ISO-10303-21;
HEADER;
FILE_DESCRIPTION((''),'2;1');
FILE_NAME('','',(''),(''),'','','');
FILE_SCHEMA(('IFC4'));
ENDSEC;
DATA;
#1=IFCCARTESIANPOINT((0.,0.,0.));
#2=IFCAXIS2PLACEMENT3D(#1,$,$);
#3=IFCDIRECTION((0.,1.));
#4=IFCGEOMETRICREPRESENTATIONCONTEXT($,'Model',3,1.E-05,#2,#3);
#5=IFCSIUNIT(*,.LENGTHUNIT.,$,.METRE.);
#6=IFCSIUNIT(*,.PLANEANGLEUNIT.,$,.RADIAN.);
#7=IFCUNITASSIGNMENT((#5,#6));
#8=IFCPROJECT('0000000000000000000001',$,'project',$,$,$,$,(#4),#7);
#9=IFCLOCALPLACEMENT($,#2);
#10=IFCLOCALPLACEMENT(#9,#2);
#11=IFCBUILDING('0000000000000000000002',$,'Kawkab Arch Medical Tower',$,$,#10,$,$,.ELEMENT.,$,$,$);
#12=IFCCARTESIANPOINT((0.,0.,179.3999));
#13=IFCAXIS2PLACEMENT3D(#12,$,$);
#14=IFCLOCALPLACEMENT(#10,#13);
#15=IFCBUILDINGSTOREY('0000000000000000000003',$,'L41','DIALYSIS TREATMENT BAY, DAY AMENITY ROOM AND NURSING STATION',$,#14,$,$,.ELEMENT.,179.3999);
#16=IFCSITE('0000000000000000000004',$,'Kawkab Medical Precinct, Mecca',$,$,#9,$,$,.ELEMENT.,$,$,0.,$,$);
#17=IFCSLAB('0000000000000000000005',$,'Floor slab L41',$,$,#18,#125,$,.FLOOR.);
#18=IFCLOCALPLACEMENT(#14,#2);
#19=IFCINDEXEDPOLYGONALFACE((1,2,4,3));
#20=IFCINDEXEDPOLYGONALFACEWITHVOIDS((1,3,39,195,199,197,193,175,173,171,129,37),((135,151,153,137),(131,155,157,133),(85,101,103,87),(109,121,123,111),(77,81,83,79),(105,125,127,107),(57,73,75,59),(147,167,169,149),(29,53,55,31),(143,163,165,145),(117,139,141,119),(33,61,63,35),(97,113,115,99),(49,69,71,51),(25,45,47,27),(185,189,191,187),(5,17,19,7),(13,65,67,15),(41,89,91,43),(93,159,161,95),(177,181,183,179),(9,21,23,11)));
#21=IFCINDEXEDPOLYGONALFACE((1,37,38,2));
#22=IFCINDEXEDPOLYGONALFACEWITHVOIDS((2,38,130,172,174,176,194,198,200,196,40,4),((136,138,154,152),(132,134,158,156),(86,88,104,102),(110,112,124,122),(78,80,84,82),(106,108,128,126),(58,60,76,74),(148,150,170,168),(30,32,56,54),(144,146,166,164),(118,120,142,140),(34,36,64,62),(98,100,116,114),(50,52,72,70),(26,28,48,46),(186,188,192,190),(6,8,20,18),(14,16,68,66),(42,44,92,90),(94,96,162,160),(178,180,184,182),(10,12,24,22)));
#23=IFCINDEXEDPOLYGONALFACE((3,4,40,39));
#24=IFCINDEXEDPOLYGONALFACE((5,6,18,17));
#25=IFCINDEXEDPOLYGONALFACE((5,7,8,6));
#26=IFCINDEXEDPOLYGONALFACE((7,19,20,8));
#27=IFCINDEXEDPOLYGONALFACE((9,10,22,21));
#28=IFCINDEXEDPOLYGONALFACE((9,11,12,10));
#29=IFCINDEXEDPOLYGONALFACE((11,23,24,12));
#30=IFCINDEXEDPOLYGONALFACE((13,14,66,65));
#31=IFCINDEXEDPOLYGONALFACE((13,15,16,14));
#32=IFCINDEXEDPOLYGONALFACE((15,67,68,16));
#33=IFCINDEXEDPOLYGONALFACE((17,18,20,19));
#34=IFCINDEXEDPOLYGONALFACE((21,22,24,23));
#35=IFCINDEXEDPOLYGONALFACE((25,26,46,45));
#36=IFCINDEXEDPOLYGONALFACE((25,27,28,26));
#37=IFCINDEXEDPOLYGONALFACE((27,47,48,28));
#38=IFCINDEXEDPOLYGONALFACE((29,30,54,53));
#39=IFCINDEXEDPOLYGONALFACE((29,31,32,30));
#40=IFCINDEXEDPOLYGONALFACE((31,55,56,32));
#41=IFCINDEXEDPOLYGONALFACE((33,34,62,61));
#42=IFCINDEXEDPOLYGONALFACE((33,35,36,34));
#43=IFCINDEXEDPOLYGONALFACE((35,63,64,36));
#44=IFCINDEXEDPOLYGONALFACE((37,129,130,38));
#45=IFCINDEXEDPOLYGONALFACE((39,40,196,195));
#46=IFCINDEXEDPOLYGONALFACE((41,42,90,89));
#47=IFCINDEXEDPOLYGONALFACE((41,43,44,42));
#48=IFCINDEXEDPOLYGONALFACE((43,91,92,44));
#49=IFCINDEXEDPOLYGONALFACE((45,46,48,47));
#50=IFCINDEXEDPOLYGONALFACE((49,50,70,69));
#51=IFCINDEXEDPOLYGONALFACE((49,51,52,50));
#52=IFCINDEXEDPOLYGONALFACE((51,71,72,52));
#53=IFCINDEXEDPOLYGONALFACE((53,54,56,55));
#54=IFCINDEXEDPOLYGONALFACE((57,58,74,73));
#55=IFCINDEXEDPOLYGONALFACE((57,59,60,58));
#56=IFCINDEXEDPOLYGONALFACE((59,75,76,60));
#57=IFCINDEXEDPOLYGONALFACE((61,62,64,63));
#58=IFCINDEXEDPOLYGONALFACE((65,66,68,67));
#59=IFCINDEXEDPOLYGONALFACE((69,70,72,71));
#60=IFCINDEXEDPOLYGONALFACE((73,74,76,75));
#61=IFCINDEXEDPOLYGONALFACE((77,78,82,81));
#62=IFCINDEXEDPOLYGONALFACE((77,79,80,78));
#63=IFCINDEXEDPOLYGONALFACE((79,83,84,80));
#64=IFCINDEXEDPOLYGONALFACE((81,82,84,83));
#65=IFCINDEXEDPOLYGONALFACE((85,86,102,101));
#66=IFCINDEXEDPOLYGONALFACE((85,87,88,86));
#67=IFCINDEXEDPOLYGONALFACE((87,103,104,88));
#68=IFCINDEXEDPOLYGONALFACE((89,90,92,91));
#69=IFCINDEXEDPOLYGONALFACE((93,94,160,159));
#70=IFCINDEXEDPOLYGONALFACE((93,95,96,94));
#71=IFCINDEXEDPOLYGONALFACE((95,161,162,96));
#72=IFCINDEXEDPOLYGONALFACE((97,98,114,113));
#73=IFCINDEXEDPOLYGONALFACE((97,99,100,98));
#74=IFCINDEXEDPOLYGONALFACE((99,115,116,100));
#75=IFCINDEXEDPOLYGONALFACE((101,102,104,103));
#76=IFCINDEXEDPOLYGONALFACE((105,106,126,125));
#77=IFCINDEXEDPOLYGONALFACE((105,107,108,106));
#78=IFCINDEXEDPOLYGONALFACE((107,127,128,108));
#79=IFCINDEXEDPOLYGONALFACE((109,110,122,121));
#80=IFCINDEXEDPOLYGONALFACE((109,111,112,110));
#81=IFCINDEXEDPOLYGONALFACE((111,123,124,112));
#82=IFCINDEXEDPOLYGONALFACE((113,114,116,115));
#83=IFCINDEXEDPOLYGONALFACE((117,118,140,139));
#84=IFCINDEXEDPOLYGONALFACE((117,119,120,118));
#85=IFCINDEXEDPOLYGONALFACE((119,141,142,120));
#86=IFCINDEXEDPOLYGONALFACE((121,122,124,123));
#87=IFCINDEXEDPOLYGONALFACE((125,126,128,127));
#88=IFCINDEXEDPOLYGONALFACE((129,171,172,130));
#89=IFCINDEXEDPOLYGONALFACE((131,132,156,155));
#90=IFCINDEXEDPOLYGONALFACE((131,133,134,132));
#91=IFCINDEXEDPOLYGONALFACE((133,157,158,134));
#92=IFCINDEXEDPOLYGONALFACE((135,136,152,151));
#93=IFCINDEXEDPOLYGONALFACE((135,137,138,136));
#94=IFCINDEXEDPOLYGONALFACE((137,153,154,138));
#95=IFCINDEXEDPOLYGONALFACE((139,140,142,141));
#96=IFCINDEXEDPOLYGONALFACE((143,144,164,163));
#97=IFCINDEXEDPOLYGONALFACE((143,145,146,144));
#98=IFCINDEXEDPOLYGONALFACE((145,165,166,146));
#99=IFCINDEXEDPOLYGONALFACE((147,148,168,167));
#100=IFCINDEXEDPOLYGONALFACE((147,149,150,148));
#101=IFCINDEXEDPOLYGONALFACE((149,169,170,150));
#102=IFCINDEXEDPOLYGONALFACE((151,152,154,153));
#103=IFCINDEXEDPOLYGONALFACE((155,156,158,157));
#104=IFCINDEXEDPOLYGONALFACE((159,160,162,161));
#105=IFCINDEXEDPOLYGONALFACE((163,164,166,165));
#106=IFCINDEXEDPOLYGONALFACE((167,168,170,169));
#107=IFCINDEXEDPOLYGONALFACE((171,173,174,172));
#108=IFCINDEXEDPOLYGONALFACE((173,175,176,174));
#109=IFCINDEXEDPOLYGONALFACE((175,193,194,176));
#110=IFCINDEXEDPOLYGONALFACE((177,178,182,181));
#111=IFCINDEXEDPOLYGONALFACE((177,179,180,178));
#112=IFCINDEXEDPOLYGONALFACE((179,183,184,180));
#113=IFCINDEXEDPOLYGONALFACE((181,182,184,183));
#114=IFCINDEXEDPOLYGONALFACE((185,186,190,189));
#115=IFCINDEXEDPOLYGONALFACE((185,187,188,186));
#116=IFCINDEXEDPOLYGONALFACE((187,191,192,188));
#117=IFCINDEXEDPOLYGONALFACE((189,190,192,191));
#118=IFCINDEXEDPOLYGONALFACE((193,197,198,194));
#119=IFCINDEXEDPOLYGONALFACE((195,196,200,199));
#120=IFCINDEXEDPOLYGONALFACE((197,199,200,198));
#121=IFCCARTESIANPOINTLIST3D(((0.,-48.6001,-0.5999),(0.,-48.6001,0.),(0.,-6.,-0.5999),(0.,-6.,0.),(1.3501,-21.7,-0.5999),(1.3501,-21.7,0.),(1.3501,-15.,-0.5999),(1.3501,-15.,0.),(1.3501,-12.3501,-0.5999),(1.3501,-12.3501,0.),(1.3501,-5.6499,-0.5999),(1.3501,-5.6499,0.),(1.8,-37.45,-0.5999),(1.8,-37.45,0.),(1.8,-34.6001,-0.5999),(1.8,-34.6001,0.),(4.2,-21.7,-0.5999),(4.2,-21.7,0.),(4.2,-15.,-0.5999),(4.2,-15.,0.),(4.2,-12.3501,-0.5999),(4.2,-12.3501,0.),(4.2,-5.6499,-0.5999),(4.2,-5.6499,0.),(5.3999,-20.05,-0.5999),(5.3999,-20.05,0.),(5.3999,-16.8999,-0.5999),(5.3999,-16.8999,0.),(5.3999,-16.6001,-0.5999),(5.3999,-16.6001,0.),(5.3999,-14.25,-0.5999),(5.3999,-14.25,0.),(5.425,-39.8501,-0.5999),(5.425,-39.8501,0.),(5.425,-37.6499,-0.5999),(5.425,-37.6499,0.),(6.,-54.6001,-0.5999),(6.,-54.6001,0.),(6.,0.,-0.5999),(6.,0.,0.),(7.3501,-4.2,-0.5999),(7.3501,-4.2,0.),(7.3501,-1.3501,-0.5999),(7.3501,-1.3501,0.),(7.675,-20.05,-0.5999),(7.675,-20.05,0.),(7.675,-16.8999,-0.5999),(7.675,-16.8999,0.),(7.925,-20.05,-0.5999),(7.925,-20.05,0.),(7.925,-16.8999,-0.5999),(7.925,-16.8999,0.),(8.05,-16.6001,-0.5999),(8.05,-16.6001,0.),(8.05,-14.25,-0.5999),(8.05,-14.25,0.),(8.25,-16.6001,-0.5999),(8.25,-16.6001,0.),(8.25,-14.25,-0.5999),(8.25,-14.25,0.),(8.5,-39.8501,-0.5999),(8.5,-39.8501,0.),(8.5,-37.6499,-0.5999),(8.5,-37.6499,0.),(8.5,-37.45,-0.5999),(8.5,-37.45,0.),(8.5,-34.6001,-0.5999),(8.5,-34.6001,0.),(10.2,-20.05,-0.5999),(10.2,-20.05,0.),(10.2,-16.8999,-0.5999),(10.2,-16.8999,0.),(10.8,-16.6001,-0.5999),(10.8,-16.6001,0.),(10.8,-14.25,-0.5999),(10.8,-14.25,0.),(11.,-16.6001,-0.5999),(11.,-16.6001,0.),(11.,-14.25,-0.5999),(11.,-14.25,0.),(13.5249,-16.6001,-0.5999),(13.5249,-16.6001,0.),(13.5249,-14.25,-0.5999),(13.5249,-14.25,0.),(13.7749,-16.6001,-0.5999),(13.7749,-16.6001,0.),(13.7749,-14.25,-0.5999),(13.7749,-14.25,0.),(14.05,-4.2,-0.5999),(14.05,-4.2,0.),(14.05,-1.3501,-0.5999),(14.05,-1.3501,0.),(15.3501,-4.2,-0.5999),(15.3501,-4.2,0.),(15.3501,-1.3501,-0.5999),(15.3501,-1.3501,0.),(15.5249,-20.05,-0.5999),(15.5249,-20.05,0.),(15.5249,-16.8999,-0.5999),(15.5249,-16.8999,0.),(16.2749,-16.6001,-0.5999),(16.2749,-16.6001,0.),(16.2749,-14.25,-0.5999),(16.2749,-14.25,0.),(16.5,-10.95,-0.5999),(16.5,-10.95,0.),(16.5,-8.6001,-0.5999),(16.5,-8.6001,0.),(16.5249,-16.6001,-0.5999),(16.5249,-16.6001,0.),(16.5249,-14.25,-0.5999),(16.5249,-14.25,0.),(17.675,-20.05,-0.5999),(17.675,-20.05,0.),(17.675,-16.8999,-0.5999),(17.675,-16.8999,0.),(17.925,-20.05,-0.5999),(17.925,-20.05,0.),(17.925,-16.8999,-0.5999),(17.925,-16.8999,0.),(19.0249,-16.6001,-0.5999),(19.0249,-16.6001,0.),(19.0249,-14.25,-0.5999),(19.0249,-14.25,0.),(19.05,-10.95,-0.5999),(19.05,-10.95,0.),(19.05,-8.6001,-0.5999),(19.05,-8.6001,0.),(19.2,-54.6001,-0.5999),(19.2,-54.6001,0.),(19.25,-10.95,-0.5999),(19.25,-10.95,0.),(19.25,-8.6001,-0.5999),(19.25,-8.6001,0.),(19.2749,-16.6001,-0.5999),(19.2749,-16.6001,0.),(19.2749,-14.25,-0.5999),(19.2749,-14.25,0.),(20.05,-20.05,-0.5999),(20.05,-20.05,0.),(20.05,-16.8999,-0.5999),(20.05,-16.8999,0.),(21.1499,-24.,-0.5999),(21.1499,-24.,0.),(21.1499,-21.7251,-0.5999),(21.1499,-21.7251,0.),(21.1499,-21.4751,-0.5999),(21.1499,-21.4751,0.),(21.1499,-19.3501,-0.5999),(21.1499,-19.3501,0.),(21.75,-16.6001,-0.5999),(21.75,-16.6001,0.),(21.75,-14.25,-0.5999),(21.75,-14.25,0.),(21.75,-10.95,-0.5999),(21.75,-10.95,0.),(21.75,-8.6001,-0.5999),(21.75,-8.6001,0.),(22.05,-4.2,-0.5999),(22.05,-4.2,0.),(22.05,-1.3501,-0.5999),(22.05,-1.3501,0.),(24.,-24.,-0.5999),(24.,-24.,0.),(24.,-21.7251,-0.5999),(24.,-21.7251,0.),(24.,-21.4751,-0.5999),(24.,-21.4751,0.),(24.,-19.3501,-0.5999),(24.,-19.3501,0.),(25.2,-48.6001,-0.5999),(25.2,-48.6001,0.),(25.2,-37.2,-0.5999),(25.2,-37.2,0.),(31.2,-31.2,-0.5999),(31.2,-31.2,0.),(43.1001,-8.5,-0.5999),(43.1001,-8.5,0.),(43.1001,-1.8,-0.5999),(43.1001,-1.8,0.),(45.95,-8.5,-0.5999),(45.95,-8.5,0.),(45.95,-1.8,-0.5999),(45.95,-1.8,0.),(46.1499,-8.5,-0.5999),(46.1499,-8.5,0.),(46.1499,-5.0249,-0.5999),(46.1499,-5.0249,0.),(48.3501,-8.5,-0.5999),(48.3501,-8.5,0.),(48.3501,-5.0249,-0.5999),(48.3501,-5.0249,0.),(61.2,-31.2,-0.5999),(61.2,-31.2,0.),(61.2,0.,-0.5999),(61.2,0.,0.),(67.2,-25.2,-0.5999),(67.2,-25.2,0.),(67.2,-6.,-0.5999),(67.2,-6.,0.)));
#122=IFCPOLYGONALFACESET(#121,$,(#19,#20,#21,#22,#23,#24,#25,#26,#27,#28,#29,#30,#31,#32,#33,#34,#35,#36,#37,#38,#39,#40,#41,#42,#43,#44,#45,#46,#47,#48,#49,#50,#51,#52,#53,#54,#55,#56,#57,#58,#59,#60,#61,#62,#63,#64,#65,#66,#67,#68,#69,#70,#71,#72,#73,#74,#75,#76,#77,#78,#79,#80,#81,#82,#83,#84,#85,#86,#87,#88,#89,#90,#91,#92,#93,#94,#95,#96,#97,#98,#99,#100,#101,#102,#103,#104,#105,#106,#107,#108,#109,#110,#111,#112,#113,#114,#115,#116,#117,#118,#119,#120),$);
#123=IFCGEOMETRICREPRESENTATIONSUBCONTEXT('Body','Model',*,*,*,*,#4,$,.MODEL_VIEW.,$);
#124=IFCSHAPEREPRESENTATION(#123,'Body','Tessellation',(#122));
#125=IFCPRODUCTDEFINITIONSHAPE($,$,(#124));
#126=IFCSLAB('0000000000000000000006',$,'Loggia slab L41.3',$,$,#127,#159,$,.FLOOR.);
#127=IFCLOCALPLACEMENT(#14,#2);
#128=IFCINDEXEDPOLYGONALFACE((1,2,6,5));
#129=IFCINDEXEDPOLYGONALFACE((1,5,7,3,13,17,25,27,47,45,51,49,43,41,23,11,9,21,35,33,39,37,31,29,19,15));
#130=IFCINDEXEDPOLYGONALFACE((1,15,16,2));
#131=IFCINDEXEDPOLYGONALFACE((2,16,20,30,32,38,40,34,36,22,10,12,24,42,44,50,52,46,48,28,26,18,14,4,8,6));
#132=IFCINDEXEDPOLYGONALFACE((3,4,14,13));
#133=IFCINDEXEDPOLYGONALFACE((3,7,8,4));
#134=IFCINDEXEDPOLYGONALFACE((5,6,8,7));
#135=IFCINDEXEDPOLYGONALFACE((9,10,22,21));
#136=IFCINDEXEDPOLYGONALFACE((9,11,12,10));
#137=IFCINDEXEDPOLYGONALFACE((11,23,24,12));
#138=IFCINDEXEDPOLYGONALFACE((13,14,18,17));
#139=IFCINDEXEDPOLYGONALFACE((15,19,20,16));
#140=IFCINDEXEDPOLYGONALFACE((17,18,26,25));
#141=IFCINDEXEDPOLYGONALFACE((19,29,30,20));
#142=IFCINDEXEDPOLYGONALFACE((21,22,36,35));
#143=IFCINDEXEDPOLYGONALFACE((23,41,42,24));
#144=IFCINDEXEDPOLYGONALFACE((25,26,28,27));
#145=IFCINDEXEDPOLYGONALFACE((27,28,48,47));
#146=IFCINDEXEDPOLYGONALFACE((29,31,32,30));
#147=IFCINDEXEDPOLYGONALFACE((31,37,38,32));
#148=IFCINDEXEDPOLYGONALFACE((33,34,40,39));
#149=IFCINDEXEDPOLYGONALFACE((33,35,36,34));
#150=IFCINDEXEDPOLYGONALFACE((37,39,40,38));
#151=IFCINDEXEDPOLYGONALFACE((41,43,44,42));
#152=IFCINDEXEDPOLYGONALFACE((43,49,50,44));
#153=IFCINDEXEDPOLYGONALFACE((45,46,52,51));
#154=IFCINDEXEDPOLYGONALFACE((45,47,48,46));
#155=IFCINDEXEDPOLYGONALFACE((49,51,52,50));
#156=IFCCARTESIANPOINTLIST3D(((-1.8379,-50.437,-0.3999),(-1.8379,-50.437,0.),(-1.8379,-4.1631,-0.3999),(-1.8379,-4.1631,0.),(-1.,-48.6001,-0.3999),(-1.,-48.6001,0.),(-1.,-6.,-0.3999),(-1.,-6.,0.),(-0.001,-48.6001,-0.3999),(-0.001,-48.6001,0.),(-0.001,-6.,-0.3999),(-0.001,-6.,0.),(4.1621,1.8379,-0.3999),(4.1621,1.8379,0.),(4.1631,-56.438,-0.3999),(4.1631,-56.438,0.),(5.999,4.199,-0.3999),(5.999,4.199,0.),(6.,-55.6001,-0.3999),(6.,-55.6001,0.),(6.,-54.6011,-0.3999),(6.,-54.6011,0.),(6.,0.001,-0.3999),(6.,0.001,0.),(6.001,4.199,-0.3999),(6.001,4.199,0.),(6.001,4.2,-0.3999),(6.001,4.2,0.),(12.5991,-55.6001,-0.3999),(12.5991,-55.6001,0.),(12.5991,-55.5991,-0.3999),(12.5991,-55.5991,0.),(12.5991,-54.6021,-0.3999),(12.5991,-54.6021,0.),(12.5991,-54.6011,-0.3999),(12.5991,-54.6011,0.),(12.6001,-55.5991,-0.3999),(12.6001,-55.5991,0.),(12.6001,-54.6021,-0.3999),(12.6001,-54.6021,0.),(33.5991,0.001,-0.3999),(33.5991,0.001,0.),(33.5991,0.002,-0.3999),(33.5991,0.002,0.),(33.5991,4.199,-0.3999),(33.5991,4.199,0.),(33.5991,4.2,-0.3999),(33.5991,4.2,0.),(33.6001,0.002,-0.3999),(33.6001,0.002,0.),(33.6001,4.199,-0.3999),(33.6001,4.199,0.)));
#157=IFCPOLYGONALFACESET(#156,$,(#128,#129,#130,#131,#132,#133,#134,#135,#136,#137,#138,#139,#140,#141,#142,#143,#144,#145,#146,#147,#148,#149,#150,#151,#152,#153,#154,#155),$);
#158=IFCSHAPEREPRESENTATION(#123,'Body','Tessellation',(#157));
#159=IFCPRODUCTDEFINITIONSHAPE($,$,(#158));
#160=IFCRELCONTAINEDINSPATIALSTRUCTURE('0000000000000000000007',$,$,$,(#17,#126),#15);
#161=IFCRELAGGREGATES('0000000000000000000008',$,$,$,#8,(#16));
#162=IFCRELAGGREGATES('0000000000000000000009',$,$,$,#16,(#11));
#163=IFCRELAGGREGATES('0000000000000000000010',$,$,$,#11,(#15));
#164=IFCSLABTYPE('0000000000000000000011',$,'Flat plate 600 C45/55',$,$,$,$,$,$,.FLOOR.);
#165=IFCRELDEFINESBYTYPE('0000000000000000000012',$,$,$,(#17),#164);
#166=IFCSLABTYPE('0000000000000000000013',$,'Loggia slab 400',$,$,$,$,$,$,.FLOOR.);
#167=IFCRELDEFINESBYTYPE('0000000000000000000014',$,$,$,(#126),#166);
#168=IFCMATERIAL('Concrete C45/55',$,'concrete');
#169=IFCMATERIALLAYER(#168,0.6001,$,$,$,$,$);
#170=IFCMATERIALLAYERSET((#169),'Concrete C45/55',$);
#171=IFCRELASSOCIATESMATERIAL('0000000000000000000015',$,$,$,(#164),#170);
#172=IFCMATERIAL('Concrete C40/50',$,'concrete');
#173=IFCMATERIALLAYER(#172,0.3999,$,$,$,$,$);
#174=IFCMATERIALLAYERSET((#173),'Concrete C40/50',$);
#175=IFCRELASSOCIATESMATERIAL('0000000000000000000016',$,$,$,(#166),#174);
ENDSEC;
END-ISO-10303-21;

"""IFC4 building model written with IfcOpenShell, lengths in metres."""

from ifc_helpers import new_model, si_unit, direction, frame, origin, place, context, subcontext, project, spatial, polyline, outline, extrude, material, layer, layer_set, type_object, element, save


model = new_model("IFC4")

# Units and contexts
model_context = context("Model", 3, precision=1e-05, world=origin(), true_north=direction((0.0, 1.0)))
body_context = subcontext(model_context, "Body", "Model", "MODEL_VIEW")
ifc_project = project(units=[si_unit("LENGTHUNIT", "METRE"), si_unit("PLANEANGLEUNIT", "RADIAN")], contexts=[model_context])

# Site, building, storey
site_placement = place(None, origin())
site = spatial("IfcSite", under=ifc_project, at=site_placement, Name="Kawkab Medical Precinct, Mecca", CompositionType="ELEMENT", RefElevation=0.0)
building_placement = place(site_placement, origin())
building = spatial("IfcBuilding", under=site, at=building_placement, Name="Kawkab Arch Medical Tower", CompositionType="ELEMENT")
storey_placement = place(building_placement, frame((0.0, 0.0, 179.3999)))
storey = spatial("IfcBuildingStorey", under=building, at=storey_placement, Name="L41", Description="DIALYSIS TREATMENT BAY, DAY AMENITY ROOM AND NURSING STATION", CompositionType="ELEMENT", Elevation=179.3999)

# Slabs
ifc_material_1 = material(Name="Concrete C45/55", Category="concrete")
ifc_layer_1 = layer(ifc_material_1, 0.6001)
ifc_layer_set_1 = layer_set([ifc_layer_1], Name="Concrete C45/55")
slab_type_1 = type_object("IfcSlabType", Name="Flat plate 600 C45/55", PredefinedType="FLOOR", material=ifc_layer_set_1)
slab_1_placement = place(storey_placement, frame((0.0, 0.0, -0.5999)))
element("IfcSlab", 1, at=slab_1_placement, inside=storey, type_object=slab_type_1, Name="Floor slab L41", PredefinedType="FLOOR", context=body_context, shape_type="SweptSolid", body=[
    extrude(outline(polyline([(6.0, 0.0), (61.2, 0.0), (67.2, -6.0), (67.2, -25.2), (61.2, -31.2), (31.2, -31.2), (25.2, -37.2), (25.2, -48.6001), (19.2, -54.6001), (6.0, -54.6001), (0.0, -48.6001), (0.0, -6.0), (6.0, 0.0)]), holes=[polyline([(5.425, -37.6499), (5.425, -39.8501), (8.5, -39.8501), (8.5, -37.6499), (5.425, -37.6499)]), polyline([(8.5, -37.45), (8.5, -34.6001), (1.8, -34.6001), (1.8, -37.45), (8.5, -37.45)]), polyline([(5.3999, -20.05), (7.675, -20.05), (7.675, -16.8999), (5.3999, -16.8999), (5.3999, -20.05)]), polyline([(10.2, -20.05), (10.2, -16.8999), (7.925, -16.8999), (7.925, -20.05), (10.2, -20.05)]), polyline([(4.2, -21.7), (4.2, -15.0), (1.3501, -15.0), (1.3501, -21.7), (4.2, -21.7)]), polyline([(5.3999, -16.6001), (8.05, -16.6001), (8.05, -14.25), (5.3999, -14.25), (5.3999, -16.6001)]), polyline([(8.25, -16.6001), (10.8, -16.6001), (10.8, -14.25), (8.25, -14.25), (8.25, -16.6001)]), polyline([(11.0, -14.25), (11.0, -16.6001), (13.5249, -16.6001), (13.5249, -14.25), (11.0, -14.25)]), polyline([(13.7749, -16.6001), (16.2749, -16.6001), (16.2749, -14.25), (13.7749, -14.25), (13.7749, -16.6001)]), polyline([(4.2, -12.3501), (4.2, -5.6499), (1.3501, -5.6499), (1.3501, -12.3501), (4.2, -12.3501)]), polyline([(7.3501, -4.2), (14.05, -4.2), (14.05, -1.3501), (7.3501, -1.3501), (7.3501, -4.2)]), polyline([(24.0, -21.7251), (21.1499, -21.7251), (21.1499, -24.0), (24.0, -24.0), (24.0, -21.7251)]), polyline([(24.0, -19.3501), (21.1499, -19.3501), (21.1499, -21.4751), (24.0, -21.4751), (24.0, -19.3501)]), polyline([(17.675, -20.05), (17.675, -16.8999), (15.5249, -16.8999), (15.5249, -20.05), (17.675, -20.05)]), polyline([(17.925, -20.05), (20.05, -20.05), (20.05, -16.8999), (17.925, -16.8999), (17.925, -20.05)]), polyline([(19.0249, -16.6001), (19.0249, -14.25), (16.5249, -14.25), (16.5249, -16.6001), (19.0249, -16.6001)]), polyline([(21.75, -16.6001), (21.75, -14.25), (19.2749, -14.25), (19.2749, -16.6001), (21.75, -16.6001)]), polyline([(16.5, -8.6001), (16.5, -10.95), (19.05, -10.95), (19.05, -8.6001), (16.5, -8.6001)]), polyline([(19.25, -10.95), (21.75, -10.95), (21.75, -8.6001), (19.25, -8.6001), (19.25, -10.95)]), polyline([(46.1499, -8.5), (48.3501, -8.5), (48.3501, -5.0249), (46.1499, -5.0249), (46.1499, -8.5)]), polyline([(43.1001, -1.8), (43.1001, -8.5), (45.95, -8.5), (45.95, -1.8), (43.1001, -1.8)]), polyline([(22.05, -1.3501), (15.3501, -1.3501), (15.3501, -4.2), (22.05, -4.2), (22.05, -1.3501)])]), origin(), (0.0, 0.0, 1.0), 0.5999),
])
ifc_material_2 = material(Name="Concrete C40/50", Category="concrete")
ifc_layer_2 = layer(ifc_material_2, 0.3999)
ifc_layer_set_2 = layer_set([ifc_layer_2], Name="Concrete C40/50")
slab_type_2 = type_object("IfcSlabType", Name="Loggia slab 400", PredefinedType="FLOOR", material=ifc_layer_set_2)
placement_1 = place(storey_placement, frame((0.0, 0.0, -0.3999)))
element("IfcSlab", 2, at=placement_1, inside=storey, type_object=slab_type_2, Name="Loggia slab L41.3", PredefinedType="FLOOR", context=body_context, shape_type="SweptSolid", body=[
    extrude(outline(polyline([(-1.8379, -50.437), (-1.0, -48.6001), (-1.0, -6.0), (-1.8379, -4.1631), (4.1621, 1.8379), (5.999, 4.199), (6.001, 4.199), (6.001, 4.2), (33.5991, 4.2), (33.5991, 4.199), (33.6001, 4.199), (33.6001, 0.002), (33.5991, 0.002), (33.5991, 0.001), (6.0, 0.001), (-0.001, -6.0), (-0.001, -48.6001), (6.0, -54.6011), (12.5991, -54.6011), (12.5991, -54.6021), (12.6001, -54.6021), (12.6001, -55.5991), (12.5991, -55.5991), (12.5991, -55.6001), (6.0, -55.6001), (4.1631, -56.438), (-1.8379, -50.437)])), origin(), (0.0, 0.0, 1.0), 0.3999),
])

save(model, "model.ifc")
